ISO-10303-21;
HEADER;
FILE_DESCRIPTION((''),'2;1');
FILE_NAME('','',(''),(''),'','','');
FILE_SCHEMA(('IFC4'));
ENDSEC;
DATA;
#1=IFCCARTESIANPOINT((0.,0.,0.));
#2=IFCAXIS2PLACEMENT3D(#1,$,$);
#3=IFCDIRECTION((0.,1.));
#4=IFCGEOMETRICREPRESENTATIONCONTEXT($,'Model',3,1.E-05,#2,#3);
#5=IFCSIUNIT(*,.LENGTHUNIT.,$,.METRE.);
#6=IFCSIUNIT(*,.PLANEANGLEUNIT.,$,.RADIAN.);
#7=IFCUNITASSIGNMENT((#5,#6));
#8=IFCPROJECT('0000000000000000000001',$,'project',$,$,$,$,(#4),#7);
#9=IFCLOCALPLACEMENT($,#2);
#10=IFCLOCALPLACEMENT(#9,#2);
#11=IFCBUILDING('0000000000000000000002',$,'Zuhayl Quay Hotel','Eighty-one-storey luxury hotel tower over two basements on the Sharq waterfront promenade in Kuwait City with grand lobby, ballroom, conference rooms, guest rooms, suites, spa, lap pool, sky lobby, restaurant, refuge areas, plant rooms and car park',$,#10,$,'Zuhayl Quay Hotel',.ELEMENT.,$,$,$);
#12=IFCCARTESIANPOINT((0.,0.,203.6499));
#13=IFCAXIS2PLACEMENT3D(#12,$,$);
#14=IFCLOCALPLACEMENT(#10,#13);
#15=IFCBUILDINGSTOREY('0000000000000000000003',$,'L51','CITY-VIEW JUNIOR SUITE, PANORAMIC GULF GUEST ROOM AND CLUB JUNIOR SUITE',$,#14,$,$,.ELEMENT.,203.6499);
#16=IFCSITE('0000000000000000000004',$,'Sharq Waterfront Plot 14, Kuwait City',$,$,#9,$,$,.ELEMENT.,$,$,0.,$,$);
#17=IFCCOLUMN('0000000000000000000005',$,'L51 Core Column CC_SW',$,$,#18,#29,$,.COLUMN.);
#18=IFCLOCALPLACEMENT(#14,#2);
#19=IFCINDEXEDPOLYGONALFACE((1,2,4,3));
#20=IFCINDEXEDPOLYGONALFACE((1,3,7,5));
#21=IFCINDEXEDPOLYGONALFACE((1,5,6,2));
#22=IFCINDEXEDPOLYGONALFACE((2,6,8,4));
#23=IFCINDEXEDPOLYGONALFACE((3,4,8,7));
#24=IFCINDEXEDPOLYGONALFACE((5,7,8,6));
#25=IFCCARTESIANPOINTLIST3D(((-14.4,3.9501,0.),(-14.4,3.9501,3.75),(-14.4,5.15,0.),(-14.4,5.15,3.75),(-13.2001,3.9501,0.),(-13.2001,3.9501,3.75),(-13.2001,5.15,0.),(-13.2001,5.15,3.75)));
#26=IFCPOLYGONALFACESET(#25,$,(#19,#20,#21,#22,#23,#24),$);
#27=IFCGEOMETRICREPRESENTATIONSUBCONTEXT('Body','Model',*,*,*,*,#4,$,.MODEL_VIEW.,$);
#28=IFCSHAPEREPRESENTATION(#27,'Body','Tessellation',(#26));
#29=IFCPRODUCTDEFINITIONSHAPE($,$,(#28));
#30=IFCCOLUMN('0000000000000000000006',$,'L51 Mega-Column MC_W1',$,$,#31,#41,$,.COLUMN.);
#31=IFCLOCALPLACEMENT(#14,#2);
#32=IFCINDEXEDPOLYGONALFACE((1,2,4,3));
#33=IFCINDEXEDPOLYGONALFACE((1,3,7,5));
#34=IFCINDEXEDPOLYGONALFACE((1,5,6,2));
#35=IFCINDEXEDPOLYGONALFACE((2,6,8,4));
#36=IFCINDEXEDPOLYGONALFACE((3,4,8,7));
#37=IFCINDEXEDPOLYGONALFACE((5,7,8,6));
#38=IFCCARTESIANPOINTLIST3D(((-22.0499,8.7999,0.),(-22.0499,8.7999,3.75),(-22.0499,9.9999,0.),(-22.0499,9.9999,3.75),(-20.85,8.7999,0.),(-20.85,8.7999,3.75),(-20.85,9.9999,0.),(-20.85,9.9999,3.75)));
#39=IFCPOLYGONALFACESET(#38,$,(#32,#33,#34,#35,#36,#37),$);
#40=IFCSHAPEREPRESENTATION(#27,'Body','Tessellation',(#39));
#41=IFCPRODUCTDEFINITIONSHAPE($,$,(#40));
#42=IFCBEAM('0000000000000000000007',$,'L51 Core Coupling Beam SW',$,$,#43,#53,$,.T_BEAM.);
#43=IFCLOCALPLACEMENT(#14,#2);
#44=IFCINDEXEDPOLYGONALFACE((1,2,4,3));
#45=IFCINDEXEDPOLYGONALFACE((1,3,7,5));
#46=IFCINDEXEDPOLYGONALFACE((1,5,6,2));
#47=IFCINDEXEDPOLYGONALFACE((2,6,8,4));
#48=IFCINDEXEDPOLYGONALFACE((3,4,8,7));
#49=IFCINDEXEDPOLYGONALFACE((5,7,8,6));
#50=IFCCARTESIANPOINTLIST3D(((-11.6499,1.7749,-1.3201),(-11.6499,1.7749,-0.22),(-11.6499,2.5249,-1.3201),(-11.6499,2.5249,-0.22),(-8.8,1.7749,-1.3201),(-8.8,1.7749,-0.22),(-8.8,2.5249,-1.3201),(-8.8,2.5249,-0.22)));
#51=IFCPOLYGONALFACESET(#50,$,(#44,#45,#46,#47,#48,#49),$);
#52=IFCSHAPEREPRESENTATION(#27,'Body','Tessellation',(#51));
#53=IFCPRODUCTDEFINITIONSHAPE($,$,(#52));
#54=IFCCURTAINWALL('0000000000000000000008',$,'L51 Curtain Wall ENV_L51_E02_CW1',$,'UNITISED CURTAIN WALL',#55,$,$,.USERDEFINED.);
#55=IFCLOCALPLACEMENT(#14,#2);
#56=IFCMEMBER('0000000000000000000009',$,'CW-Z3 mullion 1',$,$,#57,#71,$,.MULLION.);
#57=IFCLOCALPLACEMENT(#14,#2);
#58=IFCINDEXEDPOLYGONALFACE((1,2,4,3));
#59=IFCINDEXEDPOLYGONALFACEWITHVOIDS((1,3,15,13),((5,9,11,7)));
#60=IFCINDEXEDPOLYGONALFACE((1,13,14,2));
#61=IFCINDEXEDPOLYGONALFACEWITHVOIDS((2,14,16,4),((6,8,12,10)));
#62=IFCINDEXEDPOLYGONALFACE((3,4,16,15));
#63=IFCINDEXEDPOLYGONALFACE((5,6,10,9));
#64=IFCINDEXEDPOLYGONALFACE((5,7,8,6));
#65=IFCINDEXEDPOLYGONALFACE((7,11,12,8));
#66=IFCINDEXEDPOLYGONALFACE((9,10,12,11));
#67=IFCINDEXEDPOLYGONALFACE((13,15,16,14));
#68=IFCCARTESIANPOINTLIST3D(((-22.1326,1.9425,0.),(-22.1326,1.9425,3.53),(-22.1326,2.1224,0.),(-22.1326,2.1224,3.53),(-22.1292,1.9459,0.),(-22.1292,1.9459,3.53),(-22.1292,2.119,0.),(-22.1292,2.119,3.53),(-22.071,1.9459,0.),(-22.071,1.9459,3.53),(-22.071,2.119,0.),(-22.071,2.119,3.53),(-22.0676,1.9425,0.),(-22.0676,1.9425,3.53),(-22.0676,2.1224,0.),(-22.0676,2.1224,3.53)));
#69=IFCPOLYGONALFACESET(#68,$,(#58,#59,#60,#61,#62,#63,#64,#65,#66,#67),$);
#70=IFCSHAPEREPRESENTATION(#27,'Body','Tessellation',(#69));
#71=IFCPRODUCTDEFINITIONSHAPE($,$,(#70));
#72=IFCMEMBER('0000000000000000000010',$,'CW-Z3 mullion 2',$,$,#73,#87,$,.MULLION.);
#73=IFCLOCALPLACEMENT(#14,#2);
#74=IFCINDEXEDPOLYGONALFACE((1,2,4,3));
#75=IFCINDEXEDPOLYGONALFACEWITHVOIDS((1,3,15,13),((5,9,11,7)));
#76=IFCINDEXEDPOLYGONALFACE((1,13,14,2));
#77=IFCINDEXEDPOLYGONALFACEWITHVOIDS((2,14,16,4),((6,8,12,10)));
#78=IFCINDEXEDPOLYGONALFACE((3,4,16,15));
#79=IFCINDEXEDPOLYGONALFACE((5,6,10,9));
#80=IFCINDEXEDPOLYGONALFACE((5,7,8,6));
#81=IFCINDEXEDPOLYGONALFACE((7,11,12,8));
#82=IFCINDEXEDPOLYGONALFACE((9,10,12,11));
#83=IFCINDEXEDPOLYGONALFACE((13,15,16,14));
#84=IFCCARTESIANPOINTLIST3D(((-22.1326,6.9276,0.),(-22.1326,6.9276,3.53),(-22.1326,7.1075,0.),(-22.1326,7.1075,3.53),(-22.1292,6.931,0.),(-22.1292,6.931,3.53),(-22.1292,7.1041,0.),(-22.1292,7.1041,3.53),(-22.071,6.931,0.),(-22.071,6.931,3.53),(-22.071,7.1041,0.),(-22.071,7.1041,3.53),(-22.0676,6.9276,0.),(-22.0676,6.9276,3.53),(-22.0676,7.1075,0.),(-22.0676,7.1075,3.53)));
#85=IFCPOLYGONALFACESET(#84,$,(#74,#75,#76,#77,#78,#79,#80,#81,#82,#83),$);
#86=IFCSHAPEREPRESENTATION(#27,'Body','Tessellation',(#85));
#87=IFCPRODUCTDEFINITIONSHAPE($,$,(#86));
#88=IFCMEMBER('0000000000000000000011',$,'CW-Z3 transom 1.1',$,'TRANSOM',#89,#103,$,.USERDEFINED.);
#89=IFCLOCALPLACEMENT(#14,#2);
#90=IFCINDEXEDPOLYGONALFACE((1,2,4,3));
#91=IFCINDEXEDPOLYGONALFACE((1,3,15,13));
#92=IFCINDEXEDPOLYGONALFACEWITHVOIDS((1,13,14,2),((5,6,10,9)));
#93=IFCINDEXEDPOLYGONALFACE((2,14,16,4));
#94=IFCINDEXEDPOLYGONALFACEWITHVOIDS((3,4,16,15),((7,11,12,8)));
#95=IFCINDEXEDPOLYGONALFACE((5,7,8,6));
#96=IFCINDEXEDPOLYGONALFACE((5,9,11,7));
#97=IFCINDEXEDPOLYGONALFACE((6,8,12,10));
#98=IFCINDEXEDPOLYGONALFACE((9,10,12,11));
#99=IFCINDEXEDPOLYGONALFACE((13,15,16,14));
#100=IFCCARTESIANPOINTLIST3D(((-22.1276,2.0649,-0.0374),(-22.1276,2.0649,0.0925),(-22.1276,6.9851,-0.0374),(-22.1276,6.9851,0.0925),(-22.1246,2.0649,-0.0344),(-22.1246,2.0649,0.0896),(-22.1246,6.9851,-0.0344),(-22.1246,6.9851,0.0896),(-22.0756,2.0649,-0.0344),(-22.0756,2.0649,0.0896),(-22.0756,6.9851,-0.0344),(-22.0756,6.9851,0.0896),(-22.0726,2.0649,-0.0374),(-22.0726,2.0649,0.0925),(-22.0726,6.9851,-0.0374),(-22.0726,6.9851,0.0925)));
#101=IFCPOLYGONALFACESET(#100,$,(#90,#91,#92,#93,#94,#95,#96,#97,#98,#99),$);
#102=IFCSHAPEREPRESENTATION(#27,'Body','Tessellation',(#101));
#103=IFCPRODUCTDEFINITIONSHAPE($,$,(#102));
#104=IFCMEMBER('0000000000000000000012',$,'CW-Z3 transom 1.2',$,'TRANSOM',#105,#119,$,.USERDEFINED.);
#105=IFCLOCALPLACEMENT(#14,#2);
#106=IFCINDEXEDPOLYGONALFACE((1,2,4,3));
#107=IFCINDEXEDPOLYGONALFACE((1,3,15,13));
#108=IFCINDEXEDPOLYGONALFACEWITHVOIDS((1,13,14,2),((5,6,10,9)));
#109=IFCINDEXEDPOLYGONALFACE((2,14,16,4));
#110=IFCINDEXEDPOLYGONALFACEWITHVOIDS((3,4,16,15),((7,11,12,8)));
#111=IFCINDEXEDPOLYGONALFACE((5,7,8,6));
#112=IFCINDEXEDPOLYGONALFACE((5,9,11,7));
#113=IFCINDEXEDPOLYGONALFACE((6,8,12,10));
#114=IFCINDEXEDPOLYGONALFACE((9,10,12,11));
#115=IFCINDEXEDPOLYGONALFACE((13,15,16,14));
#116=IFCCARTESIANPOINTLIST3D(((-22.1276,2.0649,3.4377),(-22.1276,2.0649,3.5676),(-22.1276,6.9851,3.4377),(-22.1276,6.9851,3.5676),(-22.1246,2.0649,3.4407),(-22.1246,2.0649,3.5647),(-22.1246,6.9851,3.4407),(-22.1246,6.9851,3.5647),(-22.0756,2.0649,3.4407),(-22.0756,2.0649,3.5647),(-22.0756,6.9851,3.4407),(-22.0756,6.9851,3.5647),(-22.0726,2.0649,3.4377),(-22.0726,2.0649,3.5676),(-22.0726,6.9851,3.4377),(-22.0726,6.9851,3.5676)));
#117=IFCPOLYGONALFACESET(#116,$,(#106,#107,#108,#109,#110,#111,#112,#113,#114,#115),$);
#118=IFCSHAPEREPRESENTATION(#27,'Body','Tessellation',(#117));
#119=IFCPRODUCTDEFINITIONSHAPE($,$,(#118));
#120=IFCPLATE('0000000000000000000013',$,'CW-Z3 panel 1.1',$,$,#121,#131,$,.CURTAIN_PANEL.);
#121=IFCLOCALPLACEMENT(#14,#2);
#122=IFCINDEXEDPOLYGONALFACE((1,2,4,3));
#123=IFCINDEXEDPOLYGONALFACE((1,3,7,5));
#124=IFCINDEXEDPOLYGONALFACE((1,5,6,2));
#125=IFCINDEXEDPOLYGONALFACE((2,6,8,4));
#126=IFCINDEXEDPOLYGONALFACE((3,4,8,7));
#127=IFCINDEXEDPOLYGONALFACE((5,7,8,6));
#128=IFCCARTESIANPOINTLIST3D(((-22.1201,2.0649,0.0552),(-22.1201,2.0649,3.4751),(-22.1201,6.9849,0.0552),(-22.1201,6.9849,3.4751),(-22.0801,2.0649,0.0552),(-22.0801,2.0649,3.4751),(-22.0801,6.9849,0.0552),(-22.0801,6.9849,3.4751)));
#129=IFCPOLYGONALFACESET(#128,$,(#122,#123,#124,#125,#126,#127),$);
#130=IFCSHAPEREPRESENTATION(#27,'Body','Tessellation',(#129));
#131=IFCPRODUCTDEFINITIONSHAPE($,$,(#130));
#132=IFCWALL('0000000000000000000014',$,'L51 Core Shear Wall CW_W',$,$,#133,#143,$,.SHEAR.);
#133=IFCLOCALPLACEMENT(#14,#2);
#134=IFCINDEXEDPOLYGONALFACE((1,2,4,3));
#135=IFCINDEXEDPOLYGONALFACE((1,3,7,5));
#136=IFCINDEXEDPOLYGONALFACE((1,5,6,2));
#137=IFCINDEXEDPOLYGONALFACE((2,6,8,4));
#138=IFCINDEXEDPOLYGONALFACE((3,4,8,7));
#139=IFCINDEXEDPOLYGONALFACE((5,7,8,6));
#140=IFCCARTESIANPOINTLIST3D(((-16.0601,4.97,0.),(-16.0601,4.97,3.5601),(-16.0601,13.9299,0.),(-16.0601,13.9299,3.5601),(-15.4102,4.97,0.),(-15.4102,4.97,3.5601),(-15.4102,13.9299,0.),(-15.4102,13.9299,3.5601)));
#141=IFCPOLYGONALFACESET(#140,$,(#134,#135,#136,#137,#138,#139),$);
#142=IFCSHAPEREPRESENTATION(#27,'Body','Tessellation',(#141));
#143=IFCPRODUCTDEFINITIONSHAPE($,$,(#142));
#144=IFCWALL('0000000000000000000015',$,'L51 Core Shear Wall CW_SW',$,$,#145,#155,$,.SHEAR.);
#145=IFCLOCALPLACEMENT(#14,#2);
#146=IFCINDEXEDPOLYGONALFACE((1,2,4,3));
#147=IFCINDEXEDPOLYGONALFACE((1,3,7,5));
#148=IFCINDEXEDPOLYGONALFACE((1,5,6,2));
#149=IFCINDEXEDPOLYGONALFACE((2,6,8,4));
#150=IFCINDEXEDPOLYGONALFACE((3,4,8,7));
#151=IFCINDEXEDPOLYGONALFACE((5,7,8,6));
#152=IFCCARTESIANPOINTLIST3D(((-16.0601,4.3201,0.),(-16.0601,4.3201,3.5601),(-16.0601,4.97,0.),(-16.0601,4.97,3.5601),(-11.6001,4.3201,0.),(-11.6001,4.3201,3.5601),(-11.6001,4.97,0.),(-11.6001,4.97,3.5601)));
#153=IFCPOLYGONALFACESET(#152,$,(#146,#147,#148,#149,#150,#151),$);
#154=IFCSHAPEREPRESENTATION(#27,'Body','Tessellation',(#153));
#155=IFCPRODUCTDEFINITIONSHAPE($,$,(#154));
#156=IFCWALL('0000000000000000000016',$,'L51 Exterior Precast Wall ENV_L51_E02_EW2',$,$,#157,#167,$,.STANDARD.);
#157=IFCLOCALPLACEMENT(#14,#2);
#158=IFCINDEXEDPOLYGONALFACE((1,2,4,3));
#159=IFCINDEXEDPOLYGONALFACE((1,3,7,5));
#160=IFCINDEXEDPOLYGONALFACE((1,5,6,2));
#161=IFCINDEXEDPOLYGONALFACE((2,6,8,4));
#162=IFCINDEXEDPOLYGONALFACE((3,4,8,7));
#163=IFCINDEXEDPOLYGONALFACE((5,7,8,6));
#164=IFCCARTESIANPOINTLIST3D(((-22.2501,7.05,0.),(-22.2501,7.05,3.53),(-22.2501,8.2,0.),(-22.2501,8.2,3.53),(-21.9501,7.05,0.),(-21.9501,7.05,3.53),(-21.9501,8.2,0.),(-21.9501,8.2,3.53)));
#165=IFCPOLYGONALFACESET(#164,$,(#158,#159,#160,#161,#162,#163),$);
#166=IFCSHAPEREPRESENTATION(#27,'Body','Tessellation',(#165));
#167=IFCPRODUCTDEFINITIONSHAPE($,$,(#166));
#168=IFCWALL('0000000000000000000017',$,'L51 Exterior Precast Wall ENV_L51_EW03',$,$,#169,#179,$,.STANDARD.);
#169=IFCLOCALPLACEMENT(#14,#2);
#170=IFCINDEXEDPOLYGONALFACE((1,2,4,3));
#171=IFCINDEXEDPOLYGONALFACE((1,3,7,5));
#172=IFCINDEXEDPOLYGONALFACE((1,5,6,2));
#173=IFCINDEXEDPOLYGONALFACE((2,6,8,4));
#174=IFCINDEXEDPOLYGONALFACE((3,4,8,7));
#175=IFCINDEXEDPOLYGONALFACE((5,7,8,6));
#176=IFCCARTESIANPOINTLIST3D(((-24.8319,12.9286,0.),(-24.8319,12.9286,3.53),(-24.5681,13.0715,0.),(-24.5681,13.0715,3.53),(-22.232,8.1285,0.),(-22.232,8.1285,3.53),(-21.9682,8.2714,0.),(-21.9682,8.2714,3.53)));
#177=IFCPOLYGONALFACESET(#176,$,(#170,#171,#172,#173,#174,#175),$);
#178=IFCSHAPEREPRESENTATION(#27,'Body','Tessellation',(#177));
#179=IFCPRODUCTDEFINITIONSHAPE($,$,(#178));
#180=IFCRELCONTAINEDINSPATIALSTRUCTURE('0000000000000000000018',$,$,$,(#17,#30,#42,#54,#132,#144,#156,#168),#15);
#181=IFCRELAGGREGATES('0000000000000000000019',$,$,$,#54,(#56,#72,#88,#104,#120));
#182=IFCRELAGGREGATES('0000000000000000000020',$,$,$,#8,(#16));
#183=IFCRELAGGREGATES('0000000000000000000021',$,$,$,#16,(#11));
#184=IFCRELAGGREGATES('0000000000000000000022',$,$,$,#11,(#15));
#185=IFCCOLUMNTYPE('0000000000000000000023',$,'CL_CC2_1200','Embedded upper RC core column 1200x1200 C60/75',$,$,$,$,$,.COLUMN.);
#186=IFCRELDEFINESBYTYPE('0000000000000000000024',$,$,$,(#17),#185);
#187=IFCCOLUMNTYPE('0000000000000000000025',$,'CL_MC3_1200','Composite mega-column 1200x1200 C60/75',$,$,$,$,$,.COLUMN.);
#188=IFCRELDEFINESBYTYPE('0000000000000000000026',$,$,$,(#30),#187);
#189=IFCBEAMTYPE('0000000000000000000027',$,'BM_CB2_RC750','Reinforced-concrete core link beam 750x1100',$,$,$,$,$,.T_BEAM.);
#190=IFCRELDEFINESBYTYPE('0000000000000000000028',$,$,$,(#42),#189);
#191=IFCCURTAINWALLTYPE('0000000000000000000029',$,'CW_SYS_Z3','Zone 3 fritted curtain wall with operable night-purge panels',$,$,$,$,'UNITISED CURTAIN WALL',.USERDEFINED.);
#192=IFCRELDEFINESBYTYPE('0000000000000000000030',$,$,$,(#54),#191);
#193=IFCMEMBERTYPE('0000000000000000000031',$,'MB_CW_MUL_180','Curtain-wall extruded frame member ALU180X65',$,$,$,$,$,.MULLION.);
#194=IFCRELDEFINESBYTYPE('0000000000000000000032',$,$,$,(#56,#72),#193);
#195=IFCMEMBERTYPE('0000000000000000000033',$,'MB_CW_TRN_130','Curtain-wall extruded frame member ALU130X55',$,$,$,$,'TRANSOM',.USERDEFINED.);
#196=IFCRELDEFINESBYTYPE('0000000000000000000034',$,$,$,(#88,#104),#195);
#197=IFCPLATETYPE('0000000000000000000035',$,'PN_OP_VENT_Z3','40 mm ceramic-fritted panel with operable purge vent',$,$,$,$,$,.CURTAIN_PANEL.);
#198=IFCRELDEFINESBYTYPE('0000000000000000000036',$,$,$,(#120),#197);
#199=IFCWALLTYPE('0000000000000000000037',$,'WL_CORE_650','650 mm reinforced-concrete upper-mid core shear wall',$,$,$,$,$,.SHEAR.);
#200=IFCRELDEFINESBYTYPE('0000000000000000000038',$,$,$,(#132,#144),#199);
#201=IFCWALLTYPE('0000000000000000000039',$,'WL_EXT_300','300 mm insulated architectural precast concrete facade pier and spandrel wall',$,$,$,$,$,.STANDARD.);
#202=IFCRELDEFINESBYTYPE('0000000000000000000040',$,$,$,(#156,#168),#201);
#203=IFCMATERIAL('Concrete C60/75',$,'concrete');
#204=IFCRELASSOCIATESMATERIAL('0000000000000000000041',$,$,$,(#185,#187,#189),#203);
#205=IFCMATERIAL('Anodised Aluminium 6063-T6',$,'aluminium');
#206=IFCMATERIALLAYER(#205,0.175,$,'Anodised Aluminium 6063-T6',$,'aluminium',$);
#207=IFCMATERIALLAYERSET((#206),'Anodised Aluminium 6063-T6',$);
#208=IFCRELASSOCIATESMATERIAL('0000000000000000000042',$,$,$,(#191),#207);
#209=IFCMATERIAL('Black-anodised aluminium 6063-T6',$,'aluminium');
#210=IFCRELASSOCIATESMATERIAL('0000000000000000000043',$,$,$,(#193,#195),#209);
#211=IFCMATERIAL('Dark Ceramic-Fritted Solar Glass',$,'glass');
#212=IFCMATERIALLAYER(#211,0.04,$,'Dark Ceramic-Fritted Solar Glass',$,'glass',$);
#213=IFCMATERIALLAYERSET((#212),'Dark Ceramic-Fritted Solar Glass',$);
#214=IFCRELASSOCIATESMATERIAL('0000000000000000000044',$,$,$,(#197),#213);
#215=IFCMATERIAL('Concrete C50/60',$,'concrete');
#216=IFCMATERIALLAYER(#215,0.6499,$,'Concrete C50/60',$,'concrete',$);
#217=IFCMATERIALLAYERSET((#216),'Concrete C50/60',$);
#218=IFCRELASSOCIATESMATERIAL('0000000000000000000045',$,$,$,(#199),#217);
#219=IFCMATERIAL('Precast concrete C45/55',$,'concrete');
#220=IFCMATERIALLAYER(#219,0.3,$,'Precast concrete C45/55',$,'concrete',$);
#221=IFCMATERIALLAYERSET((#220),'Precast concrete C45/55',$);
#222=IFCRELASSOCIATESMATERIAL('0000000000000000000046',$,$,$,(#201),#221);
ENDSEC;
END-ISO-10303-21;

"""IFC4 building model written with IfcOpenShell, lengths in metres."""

from ifc_helpers import new_model, si_unit, direction, frame, frame_2d, origin, origin_2d, place, context, subcontext, project, spatial, rectangle, hollow_rectangle, extrude, material, layer, layer_set, material_profile, profile_set, type_object, element, aggregate, save


model = new_model("IFC4")

# Units and contexts
model_context = context("Model", 3, precision=1e-05, world=origin(), true_north=direction((0.0, 1.0)))
body_context = subcontext(model_context, "Body", "Model", "MODEL_VIEW")
ifc_project = project(units=[si_unit("LENGTHUNIT", "METRE"), si_unit("PLANEANGLEUNIT", "RADIAN")], contexts=[model_context])

# Site, building, storey
site_placement = place(None, origin())
site = spatial("IfcSite", under=ifc_project, at=site_placement, Name="Sharq Waterfront Plot 14, Kuwait City", CompositionType="ELEMENT", RefElevation=0.0)
building_placement = place(site_placement, origin())
building = spatial("IfcBuilding", under=site, at=building_placement, Name="Zuhayl Quay Hotel", Description="Eighty-one-storey luxury hotel tower over two basements on the Sharq waterfront promenade in Kuwait City with grand lobby, ballroom, conference rooms, guest rooms, suites, spa, lap pool, sky lobby, restaurant, refuge areas, plant rooms and car park", LongName="Zuhayl Quay Hotel", CompositionType="ELEMENT")
storey_placement = place(building_placement, frame((0.0, 0.0, 203.6499)))
storey = spatial("IfcBuildingStorey", under=building, at=storey_placement, Name="L51", Description="CITY-VIEW JUNIOR SUITE, PANORAMIC GULF GUEST ROOM AND CLUB JUNIOR SUITE", CompositionType="ELEMENT", Elevation=203.6499)

# Columns
ifc_material_1 = material(Name="Concrete C60/75", Category="concrete")
ifc_material_profile_1 = material_profile(ifc_material_1, rectangle(XDim=1.2, YDim=1.2, at=origin_2d()), Name="RC1200X1200")
ifc_profile_set_1 = profile_set([ifc_material_profile_1], Name="Concrete C60/75")
column_type_1 = type_object("IfcColumnType", Name="CL_CC2_1200", Description="Embedded upper RC core column 1200x1200 C60/75", PredefinedType="COLUMN", material=ifc_profile_set_1)
column_1_placement = place(storey_placement, frame((-13.8, 4.55, 0.0), z_axis=(0.0, 0.0, 1.0), x_axis=(1.0, 0.0, 0.0)))
element("IfcColumn", 1, at=column_1_placement, inside=storey, type_object=column_type_1, Name="L51 Core Column CC_SW", PredefinedType="COLUMN", context=body_context, shape_type="SweptSolid", body=[
    extrude(rectangle(XDim=1.2, YDim=1.2, at=origin_2d()), origin(), (0.0, 0.0, 1.0), 3.75),
])
ifc_material_profile_2 = material_profile(ifc_material_1, rectangle(XDim=1.2, YDim=1.2, at=origin_2d()), Name="RC1200X1200")
ifc_profile_set_2 = profile_set([ifc_material_profile_2], Name="Concrete C60/75")
column_type_2 = type_object("IfcColumnType", Name="CL_MC3_1200", Description="Composite mega-column 1200x1200 C60/75", PredefinedType="COLUMN", material=ifc_profile_set_2)
column_2_placement = place(storey_placement, frame((-21.45, 9.3999, 0.0), z_axis=(0.0, 0.0, 1.0), x_axis=(1.0, 0.0, 0.0)))
element("IfcColumn", 2, at=column_2_placement, inside=storey, type_object=column_type_2, Name="L51 Mega-Column MC_W1", PredefinedType="COLUMN", context=body_context, shape_type="SweptSolid", body=[
    extrude(rectangle(XDim=1.2, YDim=1.2, at=origin_2d()), origin(), (0.0, 0.0, 1.0), 3.75),
])

# Beam
ifc_material_profile_3 = material_profile(ifc_material_1, rectangle(XDim=0.75, YDim=1.1001, at=origin_2d()), Name="RC750X1100")
ifc_profile_set_3 = profile_set([ifc_material_profile_3], Name="Concrete C60/75")
beam_type = type_object("IfcBeamType", Name="BM_CB2_RC750", Description="Reinforced-concrete core link beam 750x1100", PredefinedType="T_BEAM", material=ifc_profile_set_3)
beam_placement = place(storey_placement, frame((-11.6499, 2.1499, -0.77), z_axis=(1.0, 0.0, 0.0), x_axis=(0.0, 1.0, 0.0)))
element("IfcBeam", 3, at=beam_placement, inside=storey, type_object=beam_type, Name="L51 Core Coupling Beam SW", PredefinedType="T_BEAM", context=body_context, shape_type="SweptSolid", body=[
    extrude(rectangle(XDim=0.75, YDim=1.1001, at=origin_2d()), origin(), (0.0, 0.0, 1.0), 2.8499),
])

# Curtain wall, members, plate
ifc_material_2 = material(Name="Anodised Aluminium 6063-T6", Category="aluminium")
ifc_layer_1 = layer(ifc_material_2, 0.175, Name="Anodised Aluminium 6063-T6", Category="aluminium")
ifc_layer_set_1 = layer_set([ifc_layer_1], Name="Anodised Aluminium 6063-T6")
curtain_wall_type = type_object("IfcCurtainWallType", Name="CW_SYS_Z3", Description="Zone 3 fritted curtain wall with operable night-purge panels", ElementType="UNITISED CURTAIN WALL", PredefinedType="USERDEFINED", material=ifc_layer_set_1)
curtain_wall_placement = place(storey_placement, origin())
curtain_wall = element("IfcCurtainWall", 4, at=curtain_wall_placement, inside=storey, type_object=curtain_wall_type, Name="L51 Curtain Wall ENV_L51_E02_CW1", ObjectType="UNITISED CURTAIN WALL", PredefinedType="USERDEFINED")
ifc_material_3 = material(Name="Black-anodised aluminium 6063-T6", Category="aluminium")
ifc_material_profile_4 = material_profile(ifc_material_3, hollow_rectangle(XDim=0.0649, YDim=0.1799, WallThickness=0.0034, at=origin_2d()), Name="ALU180X65")
ifc_profile_set_4 = profile_set([ifc_material_profile_4], Name="Black-anodised aluminium 6063-T6")
member_type_1 = type_object("IfcMemberType", Name="MB_CW_MUL_180", Description="Curtain-wall extruded frame member ALU180X65", PredefinedType="MULLION", material=ifc_profile_set_4)
member_1_placement = place(storey_placement, frame((-22.1001, 2.0325, 0.0), z_axis=(0.0, 0.0, 1.0), x_axis=(-1.0, 0.0, 0.0)))
member_1 = element("IfcMember", 5, at=member_1_placement, type_object=member_type_1, Name="CW-Z3 mullion 1", PredefinedType="MULLION", context=body_context, shape_type="SweptSolid", body=[
    extrude(hollow_rectangle(XDim=0.0649, YDim=0.1799, WallThickness=0.0034, at=origin_2d()), origin(), (0.0, 0.0, 1.0), 3.53),
])
member_2_placement = place(storey_placement, frame((-22.1001, 7.0176, 0.0), z_axis=(0.0, 0.0, 1.0), x_axis=(-1.0, 0.0, 0.0)))
member_2 = element("IfcMember", 6, at=member_2_placement, type_object=member_type_1, Name="CW-Z3 mullion 2", PredefinedType="MULLION", context=body_context, shape_type="SweptSolid", body=[
    extrude(hollow_rectangle(XDim=0.0649, YDim=0.1799, WallThickness=0.0034, at=origin_2d()), origin(), (0.0, 0.0, 1.0), 3.53),
])
ifc_material_profile_5 = material_profile(ifc_material_3, hollow_rectangle(XDim=0.0549, YDim=0.1299, WallThickness=0.0029, at=origin_2d()), Name="ALU130X55")
ifc_profile_set_5 = profile_set([ifc_material_profile_5], Name="Black-anodised aluminium 6063-T6")
member_type_2 = type_object("IfcMemberType", Name="MB_CW_TRN_130", Description="Curtain-wall extruded frame member ALU130X55", ElementType="TRANSOM", PredefinedType="USERDEFINED", material=ifc_profile_set_5)
member_3_placement = place(storey_placement, frame((-22.1001, 2.0649, 0.0276), z_axis=(0.0, 1.0, 0.0), x_axis=(-1.0, 0.0, 0.0)))
member_3 = element("IfcMember", 7, at=member_3_placement, type_object=member_type_2, Name="CW-Z3 transom 1.1", ObjectType="TRANSOM", PredefinedType="USERDEFINED", context=body_context, shape_type="SweptSolid", body=[
    extrude(hollow_rectangle(XDim=0.0549, YDim=0.1299, WallThickness=0.0029, at=origin_2d()), origin(), (0.0, 0.0, 1.0), 4.9202),
])
member_4_placement = place(storey_placement, frame((-22.1001, 2.0649, 3.5027), z_axis=(0.0, 1.0, 0.0), x_axis=(-1.0, 0.0, 0.0)))
member_4 = element("IfcMember", 8, at=member_4_placement, type_object=member_type_2, Name="CW-Z3 transom 1.2", ObjectType="TRANSOM", PredefinedType="USERDEFINED", context=body_context, shape_type="SweptSolid", body=[
    extrude(hollow_rectangle(XDim=0.0549, YDim=0.1299, WallThickness=0.0029, at=origin_2d()), origin(), (0.0, 0.0, 1.0), 4.9202),
])
ifc_material_4 = material(Name="Dark Ceramic-Fritted Solar Glass", Category="glass")
ifc_layer_2 = layer(ifc_material_4, 0.04, Name="Dark Ceramic-Fritted Solar Glass", Category="glass")
ifc_layer_set_2 = layer_set([ifc_layer_2], Name="Dark Ceramic-Fritted Solar Glass")
plate_type = type_object("IfcPlateType", Name="PN_OP_VENT_Z3", Description="40 mm ceramic-fritted panel with operable purge vent", PredefinedType="CURTAIN_PANEL", material=ifc_layer_set_2)
plate_placement = place(storey_placement, frame((-22.1001, 4.5249, 0.0552), z_axis=(0.0, 0.0, 1.0), x_axis=(0.0, 1.0, 0.0)))
plate = element("IfcPlate", 9, at=plate_placement, type_object=plate_type, Name="CW-Z3 panel 1.1", PredefinedType="CURTAIN_PANEL", context=body_context, shape_type="SweptSolid", body=[
    extrude(rectangle(XDim=4.9199, YDim=0.04, at=origin_2d()), origin(), (0.0, 0.0, 1.0), 3.4199),
])
aggregate(curtain_wall, [member_1, member_2, member_3, member_4, plate])

# Walls
ifc_material_5 = material(Name="Concrete C50/60", Category="concrete")
ifc_layer_3 = layer(ifc_material_5, 0.6499, Name="Concrete C50/60", Category="concrete")
ifc_layer_set_3 = layer_set([ifc_layer_3], Name="Concrete C50/60")
wall_type_1 = type_object("IfcWallType", Name="WL_CORE_650", Description="650 mm reinforced-concrete upper-mid core shear wall", PredefinedType="SHEAR", material=ifc_layer_set_3)
wall_1_placement = place(storey_placement, frame((-15.7351, 4.97, 0.0), z_axis=(0.0, 0.0, 1.0), x_axis=(0.0, 1.0, 0.0)))
element("IfcWall", 10, at=wall_1_placement, inside=storey, type_object=wall_type_1, Name="L51 Core Shear Wall CW_W", PredefinedType="SHEAR", context=body_context, shape_type="SweptSolid", body=[
    extrude(rectangle(XDim=8.96, YDim=0.6499, at=frame_2d((4.48, 0.0))), origin(), (0.0, 0.0, 1.0), 3.5601),
])
wall_2_placement = place(storey_placement, frame((-16.0601, 4.645, 0.0), z_axis=(0.0, 0.0, 1.0), x_axis=(1.0, 0.0, 0.0)))
element("IfcWall", 11, at=wall_2_placement, inside=storey, type_object=wall_type_1, Name="L51 Core Shear Wall CW_SW", PredefinedType="SHEAR", context=body_context, shape_type="SweptSolid", body=[
    extrude(rectangle(XDim=4.46, YDim=0.6499, at=frame_2d((2.23, 0.0))), origin(), (0.0, 0.0, 1.0), 3.5601),
])
ifc_material_6 = material(Name="Precast concrete C45/55", Category="concrete")
ifc_layer_4 = layer(ifc_material_6, 0.3, Name="Precast concrete C45/55", Category="concrete")
ifc_layer_set_4 = layer_set([ifc_layer_4], Name="Precast concrete C45/55")
wall_type_2 = type_object("IfcWallType", Name="WL_EXT_300", Description="300 mm insulated architectural precast concrete facade pier and spandrel wall", PredefinedType="STANDARD", material=ifc_layer_set_4)
wall_3_placement = place(storey_placement, frame((-22.1001, 7.05, 0.0), z_axis=(0.0, 0.0, 1.0), x_axis=(0.0, 1.0, 0.0)))
element("IfcWall", 12, at=wall_3_placement, inside=storey, type_object=wall_type_2, Name="L51 Exterior Precast Wall ENV_L51_E02_EW2", PredefinedType="STANDARD", context=body_context, shape_type="SweptSolid", body=[
    extrude(rectangle(XDim=1.1499, YDim=0.3, at=frame_2d((0.575, 0.0))), origin(), (0.0, 0.0, 1.0), 3.53),
])
wall_4_placement = place(storey_placement, frame((-22.1001, 8.2, 0.0), z_axis=(0.0, 0.0, 1.0), x_axis=(-0.476259, 0.879305, 0.0)))
element("IfcWall", 13, at=wall_4_placement, inside=storey, type_object=wall_type_2, Name="L51 Exterior Precast Wall ENV_L51_EW03", PredefinedType="STANDARD", context=body_context, shape_type="SweptSolid", body=[
    extrude(rectangle(XDim=5.459, YDim=0.3, at=frame_2d((2.7295, 0.0))), origin(), (0.0, 0.0, 1.0), 3.53),
])

save(model, "model.ifc")
